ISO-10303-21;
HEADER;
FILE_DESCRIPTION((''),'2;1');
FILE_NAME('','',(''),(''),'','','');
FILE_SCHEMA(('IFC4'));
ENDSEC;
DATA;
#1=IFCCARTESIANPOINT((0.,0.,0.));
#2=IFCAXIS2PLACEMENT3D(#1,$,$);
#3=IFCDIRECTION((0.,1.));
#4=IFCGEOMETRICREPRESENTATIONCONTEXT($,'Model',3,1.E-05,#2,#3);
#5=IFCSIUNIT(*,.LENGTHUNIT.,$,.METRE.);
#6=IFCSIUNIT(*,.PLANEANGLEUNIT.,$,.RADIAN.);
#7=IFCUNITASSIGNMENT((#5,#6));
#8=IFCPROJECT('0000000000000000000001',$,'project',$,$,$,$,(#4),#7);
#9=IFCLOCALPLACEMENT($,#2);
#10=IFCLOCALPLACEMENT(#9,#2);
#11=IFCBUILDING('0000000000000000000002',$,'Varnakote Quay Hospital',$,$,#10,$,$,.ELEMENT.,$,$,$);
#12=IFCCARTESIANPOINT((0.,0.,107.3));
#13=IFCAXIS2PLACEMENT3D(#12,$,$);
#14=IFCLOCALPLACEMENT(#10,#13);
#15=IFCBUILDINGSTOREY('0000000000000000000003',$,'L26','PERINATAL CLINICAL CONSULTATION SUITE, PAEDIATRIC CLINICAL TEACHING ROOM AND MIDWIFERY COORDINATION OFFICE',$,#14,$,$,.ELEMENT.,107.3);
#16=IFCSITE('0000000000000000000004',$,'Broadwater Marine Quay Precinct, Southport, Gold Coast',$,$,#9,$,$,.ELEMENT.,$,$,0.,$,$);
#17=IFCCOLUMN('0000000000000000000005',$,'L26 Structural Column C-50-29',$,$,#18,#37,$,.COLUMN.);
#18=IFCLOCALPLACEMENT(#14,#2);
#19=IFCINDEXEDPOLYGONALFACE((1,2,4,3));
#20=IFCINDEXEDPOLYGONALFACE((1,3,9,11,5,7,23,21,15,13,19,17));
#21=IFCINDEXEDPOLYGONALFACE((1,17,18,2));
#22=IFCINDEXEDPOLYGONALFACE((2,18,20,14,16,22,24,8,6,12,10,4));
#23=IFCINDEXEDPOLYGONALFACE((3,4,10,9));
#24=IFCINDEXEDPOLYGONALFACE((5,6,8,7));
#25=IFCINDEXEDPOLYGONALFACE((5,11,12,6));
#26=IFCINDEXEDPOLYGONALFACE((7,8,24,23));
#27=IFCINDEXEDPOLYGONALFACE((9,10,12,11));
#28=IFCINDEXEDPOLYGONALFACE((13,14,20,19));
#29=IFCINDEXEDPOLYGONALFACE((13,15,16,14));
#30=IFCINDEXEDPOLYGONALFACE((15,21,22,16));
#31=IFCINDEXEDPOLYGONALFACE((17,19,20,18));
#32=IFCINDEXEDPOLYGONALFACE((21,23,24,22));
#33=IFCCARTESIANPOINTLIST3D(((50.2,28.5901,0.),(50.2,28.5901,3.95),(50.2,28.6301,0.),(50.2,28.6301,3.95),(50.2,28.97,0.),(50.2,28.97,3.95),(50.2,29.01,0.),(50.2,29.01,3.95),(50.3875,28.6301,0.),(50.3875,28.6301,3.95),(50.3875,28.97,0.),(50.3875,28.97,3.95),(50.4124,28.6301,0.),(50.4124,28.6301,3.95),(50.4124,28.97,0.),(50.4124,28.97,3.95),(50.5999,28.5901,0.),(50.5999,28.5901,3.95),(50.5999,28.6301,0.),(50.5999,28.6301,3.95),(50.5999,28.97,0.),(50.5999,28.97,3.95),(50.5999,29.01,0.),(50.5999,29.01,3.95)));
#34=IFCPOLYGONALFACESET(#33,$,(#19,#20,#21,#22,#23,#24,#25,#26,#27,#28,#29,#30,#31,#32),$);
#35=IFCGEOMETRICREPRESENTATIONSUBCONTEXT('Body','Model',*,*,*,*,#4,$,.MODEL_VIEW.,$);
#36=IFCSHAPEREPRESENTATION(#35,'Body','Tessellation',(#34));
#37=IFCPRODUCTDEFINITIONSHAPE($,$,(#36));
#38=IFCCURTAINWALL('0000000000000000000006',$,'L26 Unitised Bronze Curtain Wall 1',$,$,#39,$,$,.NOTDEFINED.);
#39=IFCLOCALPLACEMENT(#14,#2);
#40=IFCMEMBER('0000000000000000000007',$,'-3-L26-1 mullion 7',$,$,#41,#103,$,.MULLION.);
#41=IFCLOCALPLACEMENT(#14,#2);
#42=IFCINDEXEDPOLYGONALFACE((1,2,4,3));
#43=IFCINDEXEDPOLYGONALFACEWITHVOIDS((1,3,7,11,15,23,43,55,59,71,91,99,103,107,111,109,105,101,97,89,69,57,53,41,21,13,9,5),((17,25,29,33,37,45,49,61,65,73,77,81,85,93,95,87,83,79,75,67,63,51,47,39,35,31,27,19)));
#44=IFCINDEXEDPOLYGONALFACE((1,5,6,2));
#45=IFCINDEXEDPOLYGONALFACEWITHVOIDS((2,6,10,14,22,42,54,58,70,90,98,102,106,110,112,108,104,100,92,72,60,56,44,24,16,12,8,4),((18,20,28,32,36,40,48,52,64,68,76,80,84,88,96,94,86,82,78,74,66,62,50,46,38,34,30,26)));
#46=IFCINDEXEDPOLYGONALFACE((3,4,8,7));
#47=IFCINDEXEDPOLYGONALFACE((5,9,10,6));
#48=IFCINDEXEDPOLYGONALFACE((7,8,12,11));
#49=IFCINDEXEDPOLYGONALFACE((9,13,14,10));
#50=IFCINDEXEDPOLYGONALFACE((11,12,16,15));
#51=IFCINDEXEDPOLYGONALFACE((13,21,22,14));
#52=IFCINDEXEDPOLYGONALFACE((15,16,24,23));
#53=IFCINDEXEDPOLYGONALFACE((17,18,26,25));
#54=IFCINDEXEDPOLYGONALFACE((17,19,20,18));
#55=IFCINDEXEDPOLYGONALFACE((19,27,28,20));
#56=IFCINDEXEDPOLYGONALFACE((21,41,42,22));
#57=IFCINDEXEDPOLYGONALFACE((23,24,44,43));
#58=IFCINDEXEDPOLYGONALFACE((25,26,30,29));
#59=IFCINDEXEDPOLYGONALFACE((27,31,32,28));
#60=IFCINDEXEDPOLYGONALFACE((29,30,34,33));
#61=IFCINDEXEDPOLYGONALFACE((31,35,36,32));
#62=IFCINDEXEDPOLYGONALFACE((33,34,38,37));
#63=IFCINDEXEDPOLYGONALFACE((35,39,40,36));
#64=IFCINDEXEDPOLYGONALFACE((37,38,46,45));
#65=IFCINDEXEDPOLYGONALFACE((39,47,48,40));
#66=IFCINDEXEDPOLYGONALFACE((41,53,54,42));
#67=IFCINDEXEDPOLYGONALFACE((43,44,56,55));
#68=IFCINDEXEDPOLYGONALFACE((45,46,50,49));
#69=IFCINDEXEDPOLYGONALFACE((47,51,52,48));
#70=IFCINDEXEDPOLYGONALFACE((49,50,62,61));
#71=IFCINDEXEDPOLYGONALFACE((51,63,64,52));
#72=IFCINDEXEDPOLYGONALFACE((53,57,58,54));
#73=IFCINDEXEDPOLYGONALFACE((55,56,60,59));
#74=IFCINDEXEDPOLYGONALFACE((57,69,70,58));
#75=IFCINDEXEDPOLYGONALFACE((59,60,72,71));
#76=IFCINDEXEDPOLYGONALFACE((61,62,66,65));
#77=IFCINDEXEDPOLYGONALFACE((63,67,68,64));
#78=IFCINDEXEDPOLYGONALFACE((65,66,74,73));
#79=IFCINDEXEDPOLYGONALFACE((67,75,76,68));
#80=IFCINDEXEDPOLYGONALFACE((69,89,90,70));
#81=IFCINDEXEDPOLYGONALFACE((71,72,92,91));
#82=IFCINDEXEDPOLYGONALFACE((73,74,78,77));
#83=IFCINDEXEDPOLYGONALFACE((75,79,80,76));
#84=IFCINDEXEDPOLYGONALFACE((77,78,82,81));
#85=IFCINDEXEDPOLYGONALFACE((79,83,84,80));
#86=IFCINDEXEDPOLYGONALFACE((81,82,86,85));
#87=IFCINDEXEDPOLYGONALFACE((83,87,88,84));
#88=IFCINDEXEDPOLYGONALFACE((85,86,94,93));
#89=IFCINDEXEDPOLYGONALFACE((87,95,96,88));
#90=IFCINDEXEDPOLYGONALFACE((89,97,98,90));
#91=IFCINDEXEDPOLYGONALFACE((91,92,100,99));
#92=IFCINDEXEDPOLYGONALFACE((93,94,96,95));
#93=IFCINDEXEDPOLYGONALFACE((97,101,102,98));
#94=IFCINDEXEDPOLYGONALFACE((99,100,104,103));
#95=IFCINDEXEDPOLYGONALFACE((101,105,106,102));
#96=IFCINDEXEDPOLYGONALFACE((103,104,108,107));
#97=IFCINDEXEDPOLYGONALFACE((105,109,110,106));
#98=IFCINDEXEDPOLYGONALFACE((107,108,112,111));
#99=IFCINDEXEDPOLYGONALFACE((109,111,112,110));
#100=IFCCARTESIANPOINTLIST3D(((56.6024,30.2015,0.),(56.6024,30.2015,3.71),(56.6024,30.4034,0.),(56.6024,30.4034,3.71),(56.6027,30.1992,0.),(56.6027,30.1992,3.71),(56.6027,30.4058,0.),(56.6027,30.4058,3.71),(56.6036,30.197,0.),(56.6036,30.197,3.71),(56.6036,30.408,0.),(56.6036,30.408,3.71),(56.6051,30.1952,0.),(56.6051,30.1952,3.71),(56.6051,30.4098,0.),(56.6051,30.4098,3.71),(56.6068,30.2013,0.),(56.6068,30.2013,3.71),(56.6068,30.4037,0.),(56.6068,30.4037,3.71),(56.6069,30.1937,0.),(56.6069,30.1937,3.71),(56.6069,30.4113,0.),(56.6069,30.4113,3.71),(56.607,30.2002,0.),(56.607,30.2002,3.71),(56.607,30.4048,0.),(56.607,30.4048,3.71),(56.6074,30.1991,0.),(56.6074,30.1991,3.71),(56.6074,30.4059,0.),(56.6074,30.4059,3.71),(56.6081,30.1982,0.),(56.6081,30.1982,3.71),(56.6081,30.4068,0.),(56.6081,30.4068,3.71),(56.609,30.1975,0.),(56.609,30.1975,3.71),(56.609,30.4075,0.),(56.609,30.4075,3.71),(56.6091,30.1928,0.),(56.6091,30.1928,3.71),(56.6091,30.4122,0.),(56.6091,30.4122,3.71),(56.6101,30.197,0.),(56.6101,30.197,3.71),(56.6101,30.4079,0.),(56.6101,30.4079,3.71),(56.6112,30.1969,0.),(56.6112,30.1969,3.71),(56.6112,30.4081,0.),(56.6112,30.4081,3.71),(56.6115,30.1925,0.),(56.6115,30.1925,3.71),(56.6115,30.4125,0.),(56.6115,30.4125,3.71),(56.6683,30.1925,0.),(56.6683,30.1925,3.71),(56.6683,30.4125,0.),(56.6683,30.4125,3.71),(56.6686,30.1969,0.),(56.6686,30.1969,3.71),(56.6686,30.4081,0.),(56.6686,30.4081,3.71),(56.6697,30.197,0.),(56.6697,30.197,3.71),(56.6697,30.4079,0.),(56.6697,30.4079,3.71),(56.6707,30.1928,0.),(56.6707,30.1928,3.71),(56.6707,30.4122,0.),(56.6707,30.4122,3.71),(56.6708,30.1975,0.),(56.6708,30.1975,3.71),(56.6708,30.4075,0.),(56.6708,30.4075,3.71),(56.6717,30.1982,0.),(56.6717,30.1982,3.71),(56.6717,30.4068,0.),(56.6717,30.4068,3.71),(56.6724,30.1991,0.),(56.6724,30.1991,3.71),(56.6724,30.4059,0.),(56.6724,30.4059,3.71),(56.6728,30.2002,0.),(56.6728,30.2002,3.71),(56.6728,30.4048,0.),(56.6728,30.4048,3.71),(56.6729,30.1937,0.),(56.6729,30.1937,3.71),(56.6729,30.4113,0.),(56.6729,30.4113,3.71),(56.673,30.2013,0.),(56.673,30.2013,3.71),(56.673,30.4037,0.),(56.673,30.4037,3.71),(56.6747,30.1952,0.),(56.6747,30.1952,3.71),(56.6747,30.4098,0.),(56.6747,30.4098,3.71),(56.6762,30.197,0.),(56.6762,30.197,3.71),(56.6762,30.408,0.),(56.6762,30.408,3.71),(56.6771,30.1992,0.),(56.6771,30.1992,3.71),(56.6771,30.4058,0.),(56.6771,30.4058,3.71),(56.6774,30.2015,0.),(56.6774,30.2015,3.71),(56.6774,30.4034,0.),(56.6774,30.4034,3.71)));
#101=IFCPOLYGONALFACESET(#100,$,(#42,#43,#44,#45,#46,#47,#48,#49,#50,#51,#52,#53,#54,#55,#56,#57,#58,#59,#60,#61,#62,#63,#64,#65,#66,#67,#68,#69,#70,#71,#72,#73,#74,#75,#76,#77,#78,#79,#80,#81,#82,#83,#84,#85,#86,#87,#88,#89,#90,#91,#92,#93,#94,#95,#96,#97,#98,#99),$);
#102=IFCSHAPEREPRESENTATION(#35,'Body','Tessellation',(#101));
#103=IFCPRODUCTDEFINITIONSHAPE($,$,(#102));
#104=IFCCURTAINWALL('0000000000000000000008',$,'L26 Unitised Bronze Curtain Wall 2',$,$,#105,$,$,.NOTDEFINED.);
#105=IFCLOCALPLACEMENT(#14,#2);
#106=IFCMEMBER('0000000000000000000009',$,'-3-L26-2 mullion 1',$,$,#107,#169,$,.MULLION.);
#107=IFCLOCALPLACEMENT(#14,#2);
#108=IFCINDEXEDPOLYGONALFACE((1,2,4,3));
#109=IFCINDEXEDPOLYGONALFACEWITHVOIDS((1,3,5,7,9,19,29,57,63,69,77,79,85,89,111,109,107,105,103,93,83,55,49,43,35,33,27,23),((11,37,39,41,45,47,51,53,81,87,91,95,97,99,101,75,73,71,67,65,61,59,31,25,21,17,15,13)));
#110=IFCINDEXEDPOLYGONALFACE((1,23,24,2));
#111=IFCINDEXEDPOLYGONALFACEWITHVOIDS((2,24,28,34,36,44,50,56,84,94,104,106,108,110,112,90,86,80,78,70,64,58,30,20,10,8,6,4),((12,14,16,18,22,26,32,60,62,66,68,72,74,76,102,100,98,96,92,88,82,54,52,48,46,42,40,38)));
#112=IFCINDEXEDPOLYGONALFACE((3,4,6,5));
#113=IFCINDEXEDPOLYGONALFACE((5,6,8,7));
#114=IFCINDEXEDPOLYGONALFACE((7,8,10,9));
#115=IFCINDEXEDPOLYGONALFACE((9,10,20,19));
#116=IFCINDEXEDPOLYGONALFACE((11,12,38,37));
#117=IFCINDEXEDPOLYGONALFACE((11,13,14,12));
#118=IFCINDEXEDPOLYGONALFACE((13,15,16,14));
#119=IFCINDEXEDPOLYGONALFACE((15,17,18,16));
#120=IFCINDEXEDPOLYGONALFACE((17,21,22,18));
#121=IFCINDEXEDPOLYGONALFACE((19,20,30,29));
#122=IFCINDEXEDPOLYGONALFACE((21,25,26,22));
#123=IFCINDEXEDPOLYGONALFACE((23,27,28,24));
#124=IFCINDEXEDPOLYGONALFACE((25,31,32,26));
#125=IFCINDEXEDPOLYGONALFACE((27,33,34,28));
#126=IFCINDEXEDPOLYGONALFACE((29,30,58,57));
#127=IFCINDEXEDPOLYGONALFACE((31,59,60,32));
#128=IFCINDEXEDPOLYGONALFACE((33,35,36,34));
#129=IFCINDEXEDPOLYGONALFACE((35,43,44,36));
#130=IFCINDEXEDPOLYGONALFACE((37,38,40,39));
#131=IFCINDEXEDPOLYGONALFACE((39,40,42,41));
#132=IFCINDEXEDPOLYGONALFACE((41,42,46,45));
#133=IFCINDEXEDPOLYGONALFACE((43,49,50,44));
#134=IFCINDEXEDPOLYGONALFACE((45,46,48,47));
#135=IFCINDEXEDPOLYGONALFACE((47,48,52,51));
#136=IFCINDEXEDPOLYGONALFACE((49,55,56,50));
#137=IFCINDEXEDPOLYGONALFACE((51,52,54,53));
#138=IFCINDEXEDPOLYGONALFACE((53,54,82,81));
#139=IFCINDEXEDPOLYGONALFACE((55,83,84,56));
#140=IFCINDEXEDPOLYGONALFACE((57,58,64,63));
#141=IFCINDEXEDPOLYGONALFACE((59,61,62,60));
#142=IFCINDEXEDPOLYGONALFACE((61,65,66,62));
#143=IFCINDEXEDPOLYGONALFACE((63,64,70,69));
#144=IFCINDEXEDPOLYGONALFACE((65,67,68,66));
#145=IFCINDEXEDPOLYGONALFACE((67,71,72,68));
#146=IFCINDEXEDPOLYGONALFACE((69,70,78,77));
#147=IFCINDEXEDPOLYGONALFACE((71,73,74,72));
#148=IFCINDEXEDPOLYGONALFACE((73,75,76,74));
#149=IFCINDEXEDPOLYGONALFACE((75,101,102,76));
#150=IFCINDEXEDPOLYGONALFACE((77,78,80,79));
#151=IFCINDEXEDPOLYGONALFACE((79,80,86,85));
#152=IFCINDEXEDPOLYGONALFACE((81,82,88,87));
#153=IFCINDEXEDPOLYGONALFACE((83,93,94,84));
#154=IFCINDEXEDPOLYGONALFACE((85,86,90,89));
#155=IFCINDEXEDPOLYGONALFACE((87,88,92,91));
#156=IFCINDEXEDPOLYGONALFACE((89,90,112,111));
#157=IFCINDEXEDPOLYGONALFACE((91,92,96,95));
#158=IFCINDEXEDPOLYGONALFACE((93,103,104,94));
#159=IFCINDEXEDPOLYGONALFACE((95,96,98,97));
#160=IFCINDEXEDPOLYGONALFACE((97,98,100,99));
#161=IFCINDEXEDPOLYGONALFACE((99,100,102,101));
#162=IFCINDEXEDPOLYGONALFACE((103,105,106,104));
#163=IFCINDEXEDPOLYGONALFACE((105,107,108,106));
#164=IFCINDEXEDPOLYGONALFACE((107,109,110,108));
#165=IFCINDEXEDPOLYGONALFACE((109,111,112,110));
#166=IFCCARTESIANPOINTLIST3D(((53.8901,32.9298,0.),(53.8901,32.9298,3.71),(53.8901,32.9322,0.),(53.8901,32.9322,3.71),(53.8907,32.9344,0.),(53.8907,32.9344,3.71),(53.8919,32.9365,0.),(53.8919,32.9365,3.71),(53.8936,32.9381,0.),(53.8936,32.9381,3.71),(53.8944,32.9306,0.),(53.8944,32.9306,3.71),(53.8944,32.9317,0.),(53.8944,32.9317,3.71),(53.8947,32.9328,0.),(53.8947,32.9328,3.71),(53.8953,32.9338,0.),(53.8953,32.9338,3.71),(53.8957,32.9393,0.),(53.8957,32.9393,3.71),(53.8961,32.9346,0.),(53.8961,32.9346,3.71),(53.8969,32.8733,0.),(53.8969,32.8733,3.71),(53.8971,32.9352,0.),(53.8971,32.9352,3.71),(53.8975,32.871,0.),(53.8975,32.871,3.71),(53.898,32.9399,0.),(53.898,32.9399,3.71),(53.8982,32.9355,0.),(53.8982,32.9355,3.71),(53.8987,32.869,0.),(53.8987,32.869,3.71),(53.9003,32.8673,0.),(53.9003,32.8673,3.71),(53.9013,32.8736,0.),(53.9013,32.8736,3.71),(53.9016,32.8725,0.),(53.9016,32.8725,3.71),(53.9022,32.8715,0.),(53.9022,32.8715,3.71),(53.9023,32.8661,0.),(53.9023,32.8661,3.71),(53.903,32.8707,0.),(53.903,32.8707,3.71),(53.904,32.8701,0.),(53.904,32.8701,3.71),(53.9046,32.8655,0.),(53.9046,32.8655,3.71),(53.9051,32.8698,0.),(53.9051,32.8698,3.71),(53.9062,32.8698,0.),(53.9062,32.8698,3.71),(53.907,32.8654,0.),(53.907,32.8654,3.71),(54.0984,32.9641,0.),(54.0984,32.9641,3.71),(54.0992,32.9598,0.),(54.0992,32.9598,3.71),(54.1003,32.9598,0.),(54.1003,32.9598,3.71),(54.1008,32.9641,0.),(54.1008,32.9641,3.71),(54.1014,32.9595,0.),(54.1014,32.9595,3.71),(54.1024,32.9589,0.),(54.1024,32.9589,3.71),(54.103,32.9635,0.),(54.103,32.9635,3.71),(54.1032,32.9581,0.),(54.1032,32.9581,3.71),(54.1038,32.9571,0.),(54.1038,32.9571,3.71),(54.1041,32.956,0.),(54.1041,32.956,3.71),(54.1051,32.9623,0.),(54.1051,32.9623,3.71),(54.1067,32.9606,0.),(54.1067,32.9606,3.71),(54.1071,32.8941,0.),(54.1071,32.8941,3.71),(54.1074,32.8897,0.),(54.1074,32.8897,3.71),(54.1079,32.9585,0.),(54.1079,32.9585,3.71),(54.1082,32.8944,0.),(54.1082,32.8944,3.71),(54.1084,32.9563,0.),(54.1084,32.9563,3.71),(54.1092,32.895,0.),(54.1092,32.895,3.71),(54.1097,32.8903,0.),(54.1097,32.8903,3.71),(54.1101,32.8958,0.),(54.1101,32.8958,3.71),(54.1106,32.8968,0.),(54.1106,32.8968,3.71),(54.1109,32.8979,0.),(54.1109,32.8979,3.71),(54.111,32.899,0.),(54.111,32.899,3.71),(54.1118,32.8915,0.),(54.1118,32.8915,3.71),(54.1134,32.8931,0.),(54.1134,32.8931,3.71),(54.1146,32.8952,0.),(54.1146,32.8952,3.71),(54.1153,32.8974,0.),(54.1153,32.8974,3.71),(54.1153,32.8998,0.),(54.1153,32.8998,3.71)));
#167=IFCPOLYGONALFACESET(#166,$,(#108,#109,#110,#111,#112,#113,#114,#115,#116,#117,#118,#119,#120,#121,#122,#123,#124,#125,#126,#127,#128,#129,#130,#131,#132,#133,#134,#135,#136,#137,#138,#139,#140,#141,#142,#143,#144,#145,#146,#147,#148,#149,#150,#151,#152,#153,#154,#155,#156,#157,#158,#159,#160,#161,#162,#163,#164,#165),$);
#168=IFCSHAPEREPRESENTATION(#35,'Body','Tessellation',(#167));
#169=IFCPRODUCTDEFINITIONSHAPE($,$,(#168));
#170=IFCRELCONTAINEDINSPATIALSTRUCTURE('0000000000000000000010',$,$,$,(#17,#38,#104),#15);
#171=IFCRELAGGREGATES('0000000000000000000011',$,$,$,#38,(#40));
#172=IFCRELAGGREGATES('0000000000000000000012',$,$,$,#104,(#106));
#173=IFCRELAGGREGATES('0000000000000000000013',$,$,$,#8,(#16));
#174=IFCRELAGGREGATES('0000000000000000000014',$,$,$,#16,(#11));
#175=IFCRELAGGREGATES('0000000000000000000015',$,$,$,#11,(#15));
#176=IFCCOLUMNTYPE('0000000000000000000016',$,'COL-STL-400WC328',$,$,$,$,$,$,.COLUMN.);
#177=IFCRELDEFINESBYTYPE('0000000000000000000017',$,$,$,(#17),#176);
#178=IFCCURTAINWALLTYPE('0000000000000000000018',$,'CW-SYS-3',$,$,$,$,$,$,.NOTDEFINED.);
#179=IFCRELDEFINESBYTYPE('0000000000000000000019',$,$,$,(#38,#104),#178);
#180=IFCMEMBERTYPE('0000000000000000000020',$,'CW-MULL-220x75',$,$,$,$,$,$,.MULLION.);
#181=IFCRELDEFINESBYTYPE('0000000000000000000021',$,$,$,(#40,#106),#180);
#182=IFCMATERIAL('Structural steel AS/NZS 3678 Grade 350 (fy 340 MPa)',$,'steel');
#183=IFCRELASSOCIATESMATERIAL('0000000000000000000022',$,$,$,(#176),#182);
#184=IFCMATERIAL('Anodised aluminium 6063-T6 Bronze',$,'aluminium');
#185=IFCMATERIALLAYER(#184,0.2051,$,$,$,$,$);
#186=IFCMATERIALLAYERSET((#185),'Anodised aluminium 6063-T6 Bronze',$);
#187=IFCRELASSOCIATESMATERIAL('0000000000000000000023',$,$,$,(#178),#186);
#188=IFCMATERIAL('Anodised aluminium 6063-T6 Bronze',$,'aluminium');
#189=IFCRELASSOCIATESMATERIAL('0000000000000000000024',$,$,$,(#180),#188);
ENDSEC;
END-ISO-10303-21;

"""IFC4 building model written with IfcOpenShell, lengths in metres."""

from ifc_helpers import new_model, si_unit, direction, frame, origin, origin_2d, place, context, subcontext, project, spatial, hollow_rectangle, i_section, extrude, material, layer, layer_set, material_profile, profile_set, type_object, element, aggregate, save


model = new_model("IFC4")

# Units and contexts
model_context = context("Model", 3, precision=1e-05, world=origin(), true_north=direction((0.0, 1.0)))
body_context = subcontext(model_context, "Body", "Model", "MODEL_VIEW")
ifc_project = project(units=[si_unit("LENGTHUNIT", "METRE"), si_unit("PLANEANGLEUNIT", "RADIAN")], contexts=[model_context])

# Site, building, storey
site_placement = place(None, origin())
site = spatial("IfcSite", under=ifc_project, at=site_placement, Name="Broadwater Marine Quay Precinct, Southport, Gold Coast", CompositionType="ELEMENT", RefElevation=0.0)
building_placement = place(site_placement, origin())
building = spatial("IfcBuilding", under=site, at=building_placement, Name="Varnakote Quay Hospital", CompositionType="ELEMENT")
storey_placement = place(building_placement, frame((0.0, 0.0, 107.3)))
storey = spatial("IfcBuildingStorey", under=building, at=storey_placement, Name="L26", Description="PERINATAL CLINICAL CONSULTATION SUITE, PAEDIATRIC CLINICAL TEACHING ROOM AND MIDWIFERY COORDINATION OFFICE", CompositionType="ELEMENT", Elevation=107.3)

# Column
ifc_material_1 = material(Name="Structural steel AS/NZS 3678 Grade 350 (fy 340 MPa)", Category="steel")
ifc_material_profile_1 = material_profile(ifc_material_1, i_section(OverallWidth=0.3999, OverallDepth=0.4199, WebThickness=0.0249, FlangeThickness=0.04, at=origin_2d()), Name="400WC328")
ifc_profile_set_1 = profile_set([ifc_material_profile_1], Name="Structural steel AS/NZS 3678 Grade 350 (fy 340 MPa)")
column_type = type_object("IfcColumnType", Name="COL-STL-400WC328", PredefinedType="COLUMN", material=ifc_profile_set_1)
column_placement = place(storey_placement, frame((50.3999, 28.8, 0.0), z_axis=(0.0, 0.0, 1.0), x_axis=(1.0, 0.0, 0.0)))
element("IfcColumn", 1, at=column_placement, inside=storey, type_object=column_type, Name="L26 Structural Column C-50-29", PredefinedType="COLUMN", context=body_context, shape_type="SweptSolid", body=[
    extrude(i_section(OverallWidth=0.3999, OverallDepth=0.4199, WebThickness=0.0249, FlangeThickness=0.04, at=origin_2d()), origin(), (0.0, 0.0, 1.0), 3.95),
])

# Curtain wall, member
ifc_material_2 = material(Name="Anodised aluminium 6063-T6 Bronze", Category="aluminium")
ifc_layer_1 = layer(ifc_material_2, 0.2051)
ifc_layer_set_1 = layer_set([ifc_layer_1], Name="Anodised aluminium 6063-T6 Bronze")
curtain_wall_type = type_object("IfcCurtainWallType", Name="CW-SYS-3", PredefinedType="NOTDEFINED", material=ifc_layer_set_1)
curtain_wall_1_placement = place(storey_placement, origin())
curtain_wall_1 = element("IfcCurtainWall", 2, at=curtain_wall_1_placement, inside=storey, type_object=curtain_wall_type, Name="L26 Unitised Bronze Curtain Wall 1", PredefinedType="NOTDEFINED")
ifc_material_3 = material(Name="Anodised aluminium 6063-T6 Bronze", Category="aluminium")
ifc_material_profile_2 = material_profile(ifc_material_3, hollow_rectangle(XDim=0.075, YDim=0.22, WallThickness=0.0044, InnerFilletRadius=0.0044, OuterFilletRadius=0.009, at=origin_2d()), Name="CW-MULL-220x75")
ifc_profile_set_2 = profile_set([ifc_material_profile_2], Name="Anodised aluminium 6063-T6 Bronze")
member_type_1 = type_object("IfcMemberType", Name="CW-MULL-220x75", PredefinedType="MULLION", material=ifc_profile_set_2)
member_1_placement = place(storey_placement, frame((56.6399, 30.3025, 0.0), z_axis=(0.0, 0.0, 1.0), x_axis=(-1.0, 0.0, 0.0)))
member_1 = element("IfcMember", 3, at=member_1_placement, type_object=member_type_1, Name="-3-L26-1 mullion 7", PredefinedType="MULLION", context=body_context, shape_type="SweptSolid", body=[
    extrude(hollow_rectangle(XDim=0.075, YDim=0.22, WallThickness=0.0044, InnerFilletRadius=0.0044, OuterFilletRadius=0.009, at=origin_2d()), origin(), (0.0, 0.0, 1.0), 3.71),
])

# Curtain wall, member
curtain_wall_2_placement = place(storey_placement, origin())
curtain_wall_2 = element("IfcCurtainWall", 4, at=curtain_wall_2_placement, inside=storey, type_object=curtain_wall_type, Name="L26 Unitised Bronze Curtain Wall 2", PredefinedType="NOTDEFINED")
member_2_placement = place(storey_placement, frame((54.0027, 32.9148, 0.0), z_axis=(0.0, 0.0, 1.0), x_axis=(0.120327, -0.992734, 0.0)))
member_2 = element("IfcMember", 5, at=member_2_placement, type_object=member_type_1, Name="-3-L26-2 mullion 1", PredefinedType="MULLION", context=body_context, shape_type="SweptSolid", body=[
    extrude(hollow_rectangle(XDim=0.075, YDim=0.22, WallThickness=0.0044, InnerFilletRadius=0.0044, OuterFilletRadius=0.009, at=origin_2d()), origin(), (0.0, 0.0, 1.0), 3.71),
])

aggregate(curtain_wall_1, [member_1])
aggregate(curtain_wall_2, [member_2])

save(model, "model.ifc")
